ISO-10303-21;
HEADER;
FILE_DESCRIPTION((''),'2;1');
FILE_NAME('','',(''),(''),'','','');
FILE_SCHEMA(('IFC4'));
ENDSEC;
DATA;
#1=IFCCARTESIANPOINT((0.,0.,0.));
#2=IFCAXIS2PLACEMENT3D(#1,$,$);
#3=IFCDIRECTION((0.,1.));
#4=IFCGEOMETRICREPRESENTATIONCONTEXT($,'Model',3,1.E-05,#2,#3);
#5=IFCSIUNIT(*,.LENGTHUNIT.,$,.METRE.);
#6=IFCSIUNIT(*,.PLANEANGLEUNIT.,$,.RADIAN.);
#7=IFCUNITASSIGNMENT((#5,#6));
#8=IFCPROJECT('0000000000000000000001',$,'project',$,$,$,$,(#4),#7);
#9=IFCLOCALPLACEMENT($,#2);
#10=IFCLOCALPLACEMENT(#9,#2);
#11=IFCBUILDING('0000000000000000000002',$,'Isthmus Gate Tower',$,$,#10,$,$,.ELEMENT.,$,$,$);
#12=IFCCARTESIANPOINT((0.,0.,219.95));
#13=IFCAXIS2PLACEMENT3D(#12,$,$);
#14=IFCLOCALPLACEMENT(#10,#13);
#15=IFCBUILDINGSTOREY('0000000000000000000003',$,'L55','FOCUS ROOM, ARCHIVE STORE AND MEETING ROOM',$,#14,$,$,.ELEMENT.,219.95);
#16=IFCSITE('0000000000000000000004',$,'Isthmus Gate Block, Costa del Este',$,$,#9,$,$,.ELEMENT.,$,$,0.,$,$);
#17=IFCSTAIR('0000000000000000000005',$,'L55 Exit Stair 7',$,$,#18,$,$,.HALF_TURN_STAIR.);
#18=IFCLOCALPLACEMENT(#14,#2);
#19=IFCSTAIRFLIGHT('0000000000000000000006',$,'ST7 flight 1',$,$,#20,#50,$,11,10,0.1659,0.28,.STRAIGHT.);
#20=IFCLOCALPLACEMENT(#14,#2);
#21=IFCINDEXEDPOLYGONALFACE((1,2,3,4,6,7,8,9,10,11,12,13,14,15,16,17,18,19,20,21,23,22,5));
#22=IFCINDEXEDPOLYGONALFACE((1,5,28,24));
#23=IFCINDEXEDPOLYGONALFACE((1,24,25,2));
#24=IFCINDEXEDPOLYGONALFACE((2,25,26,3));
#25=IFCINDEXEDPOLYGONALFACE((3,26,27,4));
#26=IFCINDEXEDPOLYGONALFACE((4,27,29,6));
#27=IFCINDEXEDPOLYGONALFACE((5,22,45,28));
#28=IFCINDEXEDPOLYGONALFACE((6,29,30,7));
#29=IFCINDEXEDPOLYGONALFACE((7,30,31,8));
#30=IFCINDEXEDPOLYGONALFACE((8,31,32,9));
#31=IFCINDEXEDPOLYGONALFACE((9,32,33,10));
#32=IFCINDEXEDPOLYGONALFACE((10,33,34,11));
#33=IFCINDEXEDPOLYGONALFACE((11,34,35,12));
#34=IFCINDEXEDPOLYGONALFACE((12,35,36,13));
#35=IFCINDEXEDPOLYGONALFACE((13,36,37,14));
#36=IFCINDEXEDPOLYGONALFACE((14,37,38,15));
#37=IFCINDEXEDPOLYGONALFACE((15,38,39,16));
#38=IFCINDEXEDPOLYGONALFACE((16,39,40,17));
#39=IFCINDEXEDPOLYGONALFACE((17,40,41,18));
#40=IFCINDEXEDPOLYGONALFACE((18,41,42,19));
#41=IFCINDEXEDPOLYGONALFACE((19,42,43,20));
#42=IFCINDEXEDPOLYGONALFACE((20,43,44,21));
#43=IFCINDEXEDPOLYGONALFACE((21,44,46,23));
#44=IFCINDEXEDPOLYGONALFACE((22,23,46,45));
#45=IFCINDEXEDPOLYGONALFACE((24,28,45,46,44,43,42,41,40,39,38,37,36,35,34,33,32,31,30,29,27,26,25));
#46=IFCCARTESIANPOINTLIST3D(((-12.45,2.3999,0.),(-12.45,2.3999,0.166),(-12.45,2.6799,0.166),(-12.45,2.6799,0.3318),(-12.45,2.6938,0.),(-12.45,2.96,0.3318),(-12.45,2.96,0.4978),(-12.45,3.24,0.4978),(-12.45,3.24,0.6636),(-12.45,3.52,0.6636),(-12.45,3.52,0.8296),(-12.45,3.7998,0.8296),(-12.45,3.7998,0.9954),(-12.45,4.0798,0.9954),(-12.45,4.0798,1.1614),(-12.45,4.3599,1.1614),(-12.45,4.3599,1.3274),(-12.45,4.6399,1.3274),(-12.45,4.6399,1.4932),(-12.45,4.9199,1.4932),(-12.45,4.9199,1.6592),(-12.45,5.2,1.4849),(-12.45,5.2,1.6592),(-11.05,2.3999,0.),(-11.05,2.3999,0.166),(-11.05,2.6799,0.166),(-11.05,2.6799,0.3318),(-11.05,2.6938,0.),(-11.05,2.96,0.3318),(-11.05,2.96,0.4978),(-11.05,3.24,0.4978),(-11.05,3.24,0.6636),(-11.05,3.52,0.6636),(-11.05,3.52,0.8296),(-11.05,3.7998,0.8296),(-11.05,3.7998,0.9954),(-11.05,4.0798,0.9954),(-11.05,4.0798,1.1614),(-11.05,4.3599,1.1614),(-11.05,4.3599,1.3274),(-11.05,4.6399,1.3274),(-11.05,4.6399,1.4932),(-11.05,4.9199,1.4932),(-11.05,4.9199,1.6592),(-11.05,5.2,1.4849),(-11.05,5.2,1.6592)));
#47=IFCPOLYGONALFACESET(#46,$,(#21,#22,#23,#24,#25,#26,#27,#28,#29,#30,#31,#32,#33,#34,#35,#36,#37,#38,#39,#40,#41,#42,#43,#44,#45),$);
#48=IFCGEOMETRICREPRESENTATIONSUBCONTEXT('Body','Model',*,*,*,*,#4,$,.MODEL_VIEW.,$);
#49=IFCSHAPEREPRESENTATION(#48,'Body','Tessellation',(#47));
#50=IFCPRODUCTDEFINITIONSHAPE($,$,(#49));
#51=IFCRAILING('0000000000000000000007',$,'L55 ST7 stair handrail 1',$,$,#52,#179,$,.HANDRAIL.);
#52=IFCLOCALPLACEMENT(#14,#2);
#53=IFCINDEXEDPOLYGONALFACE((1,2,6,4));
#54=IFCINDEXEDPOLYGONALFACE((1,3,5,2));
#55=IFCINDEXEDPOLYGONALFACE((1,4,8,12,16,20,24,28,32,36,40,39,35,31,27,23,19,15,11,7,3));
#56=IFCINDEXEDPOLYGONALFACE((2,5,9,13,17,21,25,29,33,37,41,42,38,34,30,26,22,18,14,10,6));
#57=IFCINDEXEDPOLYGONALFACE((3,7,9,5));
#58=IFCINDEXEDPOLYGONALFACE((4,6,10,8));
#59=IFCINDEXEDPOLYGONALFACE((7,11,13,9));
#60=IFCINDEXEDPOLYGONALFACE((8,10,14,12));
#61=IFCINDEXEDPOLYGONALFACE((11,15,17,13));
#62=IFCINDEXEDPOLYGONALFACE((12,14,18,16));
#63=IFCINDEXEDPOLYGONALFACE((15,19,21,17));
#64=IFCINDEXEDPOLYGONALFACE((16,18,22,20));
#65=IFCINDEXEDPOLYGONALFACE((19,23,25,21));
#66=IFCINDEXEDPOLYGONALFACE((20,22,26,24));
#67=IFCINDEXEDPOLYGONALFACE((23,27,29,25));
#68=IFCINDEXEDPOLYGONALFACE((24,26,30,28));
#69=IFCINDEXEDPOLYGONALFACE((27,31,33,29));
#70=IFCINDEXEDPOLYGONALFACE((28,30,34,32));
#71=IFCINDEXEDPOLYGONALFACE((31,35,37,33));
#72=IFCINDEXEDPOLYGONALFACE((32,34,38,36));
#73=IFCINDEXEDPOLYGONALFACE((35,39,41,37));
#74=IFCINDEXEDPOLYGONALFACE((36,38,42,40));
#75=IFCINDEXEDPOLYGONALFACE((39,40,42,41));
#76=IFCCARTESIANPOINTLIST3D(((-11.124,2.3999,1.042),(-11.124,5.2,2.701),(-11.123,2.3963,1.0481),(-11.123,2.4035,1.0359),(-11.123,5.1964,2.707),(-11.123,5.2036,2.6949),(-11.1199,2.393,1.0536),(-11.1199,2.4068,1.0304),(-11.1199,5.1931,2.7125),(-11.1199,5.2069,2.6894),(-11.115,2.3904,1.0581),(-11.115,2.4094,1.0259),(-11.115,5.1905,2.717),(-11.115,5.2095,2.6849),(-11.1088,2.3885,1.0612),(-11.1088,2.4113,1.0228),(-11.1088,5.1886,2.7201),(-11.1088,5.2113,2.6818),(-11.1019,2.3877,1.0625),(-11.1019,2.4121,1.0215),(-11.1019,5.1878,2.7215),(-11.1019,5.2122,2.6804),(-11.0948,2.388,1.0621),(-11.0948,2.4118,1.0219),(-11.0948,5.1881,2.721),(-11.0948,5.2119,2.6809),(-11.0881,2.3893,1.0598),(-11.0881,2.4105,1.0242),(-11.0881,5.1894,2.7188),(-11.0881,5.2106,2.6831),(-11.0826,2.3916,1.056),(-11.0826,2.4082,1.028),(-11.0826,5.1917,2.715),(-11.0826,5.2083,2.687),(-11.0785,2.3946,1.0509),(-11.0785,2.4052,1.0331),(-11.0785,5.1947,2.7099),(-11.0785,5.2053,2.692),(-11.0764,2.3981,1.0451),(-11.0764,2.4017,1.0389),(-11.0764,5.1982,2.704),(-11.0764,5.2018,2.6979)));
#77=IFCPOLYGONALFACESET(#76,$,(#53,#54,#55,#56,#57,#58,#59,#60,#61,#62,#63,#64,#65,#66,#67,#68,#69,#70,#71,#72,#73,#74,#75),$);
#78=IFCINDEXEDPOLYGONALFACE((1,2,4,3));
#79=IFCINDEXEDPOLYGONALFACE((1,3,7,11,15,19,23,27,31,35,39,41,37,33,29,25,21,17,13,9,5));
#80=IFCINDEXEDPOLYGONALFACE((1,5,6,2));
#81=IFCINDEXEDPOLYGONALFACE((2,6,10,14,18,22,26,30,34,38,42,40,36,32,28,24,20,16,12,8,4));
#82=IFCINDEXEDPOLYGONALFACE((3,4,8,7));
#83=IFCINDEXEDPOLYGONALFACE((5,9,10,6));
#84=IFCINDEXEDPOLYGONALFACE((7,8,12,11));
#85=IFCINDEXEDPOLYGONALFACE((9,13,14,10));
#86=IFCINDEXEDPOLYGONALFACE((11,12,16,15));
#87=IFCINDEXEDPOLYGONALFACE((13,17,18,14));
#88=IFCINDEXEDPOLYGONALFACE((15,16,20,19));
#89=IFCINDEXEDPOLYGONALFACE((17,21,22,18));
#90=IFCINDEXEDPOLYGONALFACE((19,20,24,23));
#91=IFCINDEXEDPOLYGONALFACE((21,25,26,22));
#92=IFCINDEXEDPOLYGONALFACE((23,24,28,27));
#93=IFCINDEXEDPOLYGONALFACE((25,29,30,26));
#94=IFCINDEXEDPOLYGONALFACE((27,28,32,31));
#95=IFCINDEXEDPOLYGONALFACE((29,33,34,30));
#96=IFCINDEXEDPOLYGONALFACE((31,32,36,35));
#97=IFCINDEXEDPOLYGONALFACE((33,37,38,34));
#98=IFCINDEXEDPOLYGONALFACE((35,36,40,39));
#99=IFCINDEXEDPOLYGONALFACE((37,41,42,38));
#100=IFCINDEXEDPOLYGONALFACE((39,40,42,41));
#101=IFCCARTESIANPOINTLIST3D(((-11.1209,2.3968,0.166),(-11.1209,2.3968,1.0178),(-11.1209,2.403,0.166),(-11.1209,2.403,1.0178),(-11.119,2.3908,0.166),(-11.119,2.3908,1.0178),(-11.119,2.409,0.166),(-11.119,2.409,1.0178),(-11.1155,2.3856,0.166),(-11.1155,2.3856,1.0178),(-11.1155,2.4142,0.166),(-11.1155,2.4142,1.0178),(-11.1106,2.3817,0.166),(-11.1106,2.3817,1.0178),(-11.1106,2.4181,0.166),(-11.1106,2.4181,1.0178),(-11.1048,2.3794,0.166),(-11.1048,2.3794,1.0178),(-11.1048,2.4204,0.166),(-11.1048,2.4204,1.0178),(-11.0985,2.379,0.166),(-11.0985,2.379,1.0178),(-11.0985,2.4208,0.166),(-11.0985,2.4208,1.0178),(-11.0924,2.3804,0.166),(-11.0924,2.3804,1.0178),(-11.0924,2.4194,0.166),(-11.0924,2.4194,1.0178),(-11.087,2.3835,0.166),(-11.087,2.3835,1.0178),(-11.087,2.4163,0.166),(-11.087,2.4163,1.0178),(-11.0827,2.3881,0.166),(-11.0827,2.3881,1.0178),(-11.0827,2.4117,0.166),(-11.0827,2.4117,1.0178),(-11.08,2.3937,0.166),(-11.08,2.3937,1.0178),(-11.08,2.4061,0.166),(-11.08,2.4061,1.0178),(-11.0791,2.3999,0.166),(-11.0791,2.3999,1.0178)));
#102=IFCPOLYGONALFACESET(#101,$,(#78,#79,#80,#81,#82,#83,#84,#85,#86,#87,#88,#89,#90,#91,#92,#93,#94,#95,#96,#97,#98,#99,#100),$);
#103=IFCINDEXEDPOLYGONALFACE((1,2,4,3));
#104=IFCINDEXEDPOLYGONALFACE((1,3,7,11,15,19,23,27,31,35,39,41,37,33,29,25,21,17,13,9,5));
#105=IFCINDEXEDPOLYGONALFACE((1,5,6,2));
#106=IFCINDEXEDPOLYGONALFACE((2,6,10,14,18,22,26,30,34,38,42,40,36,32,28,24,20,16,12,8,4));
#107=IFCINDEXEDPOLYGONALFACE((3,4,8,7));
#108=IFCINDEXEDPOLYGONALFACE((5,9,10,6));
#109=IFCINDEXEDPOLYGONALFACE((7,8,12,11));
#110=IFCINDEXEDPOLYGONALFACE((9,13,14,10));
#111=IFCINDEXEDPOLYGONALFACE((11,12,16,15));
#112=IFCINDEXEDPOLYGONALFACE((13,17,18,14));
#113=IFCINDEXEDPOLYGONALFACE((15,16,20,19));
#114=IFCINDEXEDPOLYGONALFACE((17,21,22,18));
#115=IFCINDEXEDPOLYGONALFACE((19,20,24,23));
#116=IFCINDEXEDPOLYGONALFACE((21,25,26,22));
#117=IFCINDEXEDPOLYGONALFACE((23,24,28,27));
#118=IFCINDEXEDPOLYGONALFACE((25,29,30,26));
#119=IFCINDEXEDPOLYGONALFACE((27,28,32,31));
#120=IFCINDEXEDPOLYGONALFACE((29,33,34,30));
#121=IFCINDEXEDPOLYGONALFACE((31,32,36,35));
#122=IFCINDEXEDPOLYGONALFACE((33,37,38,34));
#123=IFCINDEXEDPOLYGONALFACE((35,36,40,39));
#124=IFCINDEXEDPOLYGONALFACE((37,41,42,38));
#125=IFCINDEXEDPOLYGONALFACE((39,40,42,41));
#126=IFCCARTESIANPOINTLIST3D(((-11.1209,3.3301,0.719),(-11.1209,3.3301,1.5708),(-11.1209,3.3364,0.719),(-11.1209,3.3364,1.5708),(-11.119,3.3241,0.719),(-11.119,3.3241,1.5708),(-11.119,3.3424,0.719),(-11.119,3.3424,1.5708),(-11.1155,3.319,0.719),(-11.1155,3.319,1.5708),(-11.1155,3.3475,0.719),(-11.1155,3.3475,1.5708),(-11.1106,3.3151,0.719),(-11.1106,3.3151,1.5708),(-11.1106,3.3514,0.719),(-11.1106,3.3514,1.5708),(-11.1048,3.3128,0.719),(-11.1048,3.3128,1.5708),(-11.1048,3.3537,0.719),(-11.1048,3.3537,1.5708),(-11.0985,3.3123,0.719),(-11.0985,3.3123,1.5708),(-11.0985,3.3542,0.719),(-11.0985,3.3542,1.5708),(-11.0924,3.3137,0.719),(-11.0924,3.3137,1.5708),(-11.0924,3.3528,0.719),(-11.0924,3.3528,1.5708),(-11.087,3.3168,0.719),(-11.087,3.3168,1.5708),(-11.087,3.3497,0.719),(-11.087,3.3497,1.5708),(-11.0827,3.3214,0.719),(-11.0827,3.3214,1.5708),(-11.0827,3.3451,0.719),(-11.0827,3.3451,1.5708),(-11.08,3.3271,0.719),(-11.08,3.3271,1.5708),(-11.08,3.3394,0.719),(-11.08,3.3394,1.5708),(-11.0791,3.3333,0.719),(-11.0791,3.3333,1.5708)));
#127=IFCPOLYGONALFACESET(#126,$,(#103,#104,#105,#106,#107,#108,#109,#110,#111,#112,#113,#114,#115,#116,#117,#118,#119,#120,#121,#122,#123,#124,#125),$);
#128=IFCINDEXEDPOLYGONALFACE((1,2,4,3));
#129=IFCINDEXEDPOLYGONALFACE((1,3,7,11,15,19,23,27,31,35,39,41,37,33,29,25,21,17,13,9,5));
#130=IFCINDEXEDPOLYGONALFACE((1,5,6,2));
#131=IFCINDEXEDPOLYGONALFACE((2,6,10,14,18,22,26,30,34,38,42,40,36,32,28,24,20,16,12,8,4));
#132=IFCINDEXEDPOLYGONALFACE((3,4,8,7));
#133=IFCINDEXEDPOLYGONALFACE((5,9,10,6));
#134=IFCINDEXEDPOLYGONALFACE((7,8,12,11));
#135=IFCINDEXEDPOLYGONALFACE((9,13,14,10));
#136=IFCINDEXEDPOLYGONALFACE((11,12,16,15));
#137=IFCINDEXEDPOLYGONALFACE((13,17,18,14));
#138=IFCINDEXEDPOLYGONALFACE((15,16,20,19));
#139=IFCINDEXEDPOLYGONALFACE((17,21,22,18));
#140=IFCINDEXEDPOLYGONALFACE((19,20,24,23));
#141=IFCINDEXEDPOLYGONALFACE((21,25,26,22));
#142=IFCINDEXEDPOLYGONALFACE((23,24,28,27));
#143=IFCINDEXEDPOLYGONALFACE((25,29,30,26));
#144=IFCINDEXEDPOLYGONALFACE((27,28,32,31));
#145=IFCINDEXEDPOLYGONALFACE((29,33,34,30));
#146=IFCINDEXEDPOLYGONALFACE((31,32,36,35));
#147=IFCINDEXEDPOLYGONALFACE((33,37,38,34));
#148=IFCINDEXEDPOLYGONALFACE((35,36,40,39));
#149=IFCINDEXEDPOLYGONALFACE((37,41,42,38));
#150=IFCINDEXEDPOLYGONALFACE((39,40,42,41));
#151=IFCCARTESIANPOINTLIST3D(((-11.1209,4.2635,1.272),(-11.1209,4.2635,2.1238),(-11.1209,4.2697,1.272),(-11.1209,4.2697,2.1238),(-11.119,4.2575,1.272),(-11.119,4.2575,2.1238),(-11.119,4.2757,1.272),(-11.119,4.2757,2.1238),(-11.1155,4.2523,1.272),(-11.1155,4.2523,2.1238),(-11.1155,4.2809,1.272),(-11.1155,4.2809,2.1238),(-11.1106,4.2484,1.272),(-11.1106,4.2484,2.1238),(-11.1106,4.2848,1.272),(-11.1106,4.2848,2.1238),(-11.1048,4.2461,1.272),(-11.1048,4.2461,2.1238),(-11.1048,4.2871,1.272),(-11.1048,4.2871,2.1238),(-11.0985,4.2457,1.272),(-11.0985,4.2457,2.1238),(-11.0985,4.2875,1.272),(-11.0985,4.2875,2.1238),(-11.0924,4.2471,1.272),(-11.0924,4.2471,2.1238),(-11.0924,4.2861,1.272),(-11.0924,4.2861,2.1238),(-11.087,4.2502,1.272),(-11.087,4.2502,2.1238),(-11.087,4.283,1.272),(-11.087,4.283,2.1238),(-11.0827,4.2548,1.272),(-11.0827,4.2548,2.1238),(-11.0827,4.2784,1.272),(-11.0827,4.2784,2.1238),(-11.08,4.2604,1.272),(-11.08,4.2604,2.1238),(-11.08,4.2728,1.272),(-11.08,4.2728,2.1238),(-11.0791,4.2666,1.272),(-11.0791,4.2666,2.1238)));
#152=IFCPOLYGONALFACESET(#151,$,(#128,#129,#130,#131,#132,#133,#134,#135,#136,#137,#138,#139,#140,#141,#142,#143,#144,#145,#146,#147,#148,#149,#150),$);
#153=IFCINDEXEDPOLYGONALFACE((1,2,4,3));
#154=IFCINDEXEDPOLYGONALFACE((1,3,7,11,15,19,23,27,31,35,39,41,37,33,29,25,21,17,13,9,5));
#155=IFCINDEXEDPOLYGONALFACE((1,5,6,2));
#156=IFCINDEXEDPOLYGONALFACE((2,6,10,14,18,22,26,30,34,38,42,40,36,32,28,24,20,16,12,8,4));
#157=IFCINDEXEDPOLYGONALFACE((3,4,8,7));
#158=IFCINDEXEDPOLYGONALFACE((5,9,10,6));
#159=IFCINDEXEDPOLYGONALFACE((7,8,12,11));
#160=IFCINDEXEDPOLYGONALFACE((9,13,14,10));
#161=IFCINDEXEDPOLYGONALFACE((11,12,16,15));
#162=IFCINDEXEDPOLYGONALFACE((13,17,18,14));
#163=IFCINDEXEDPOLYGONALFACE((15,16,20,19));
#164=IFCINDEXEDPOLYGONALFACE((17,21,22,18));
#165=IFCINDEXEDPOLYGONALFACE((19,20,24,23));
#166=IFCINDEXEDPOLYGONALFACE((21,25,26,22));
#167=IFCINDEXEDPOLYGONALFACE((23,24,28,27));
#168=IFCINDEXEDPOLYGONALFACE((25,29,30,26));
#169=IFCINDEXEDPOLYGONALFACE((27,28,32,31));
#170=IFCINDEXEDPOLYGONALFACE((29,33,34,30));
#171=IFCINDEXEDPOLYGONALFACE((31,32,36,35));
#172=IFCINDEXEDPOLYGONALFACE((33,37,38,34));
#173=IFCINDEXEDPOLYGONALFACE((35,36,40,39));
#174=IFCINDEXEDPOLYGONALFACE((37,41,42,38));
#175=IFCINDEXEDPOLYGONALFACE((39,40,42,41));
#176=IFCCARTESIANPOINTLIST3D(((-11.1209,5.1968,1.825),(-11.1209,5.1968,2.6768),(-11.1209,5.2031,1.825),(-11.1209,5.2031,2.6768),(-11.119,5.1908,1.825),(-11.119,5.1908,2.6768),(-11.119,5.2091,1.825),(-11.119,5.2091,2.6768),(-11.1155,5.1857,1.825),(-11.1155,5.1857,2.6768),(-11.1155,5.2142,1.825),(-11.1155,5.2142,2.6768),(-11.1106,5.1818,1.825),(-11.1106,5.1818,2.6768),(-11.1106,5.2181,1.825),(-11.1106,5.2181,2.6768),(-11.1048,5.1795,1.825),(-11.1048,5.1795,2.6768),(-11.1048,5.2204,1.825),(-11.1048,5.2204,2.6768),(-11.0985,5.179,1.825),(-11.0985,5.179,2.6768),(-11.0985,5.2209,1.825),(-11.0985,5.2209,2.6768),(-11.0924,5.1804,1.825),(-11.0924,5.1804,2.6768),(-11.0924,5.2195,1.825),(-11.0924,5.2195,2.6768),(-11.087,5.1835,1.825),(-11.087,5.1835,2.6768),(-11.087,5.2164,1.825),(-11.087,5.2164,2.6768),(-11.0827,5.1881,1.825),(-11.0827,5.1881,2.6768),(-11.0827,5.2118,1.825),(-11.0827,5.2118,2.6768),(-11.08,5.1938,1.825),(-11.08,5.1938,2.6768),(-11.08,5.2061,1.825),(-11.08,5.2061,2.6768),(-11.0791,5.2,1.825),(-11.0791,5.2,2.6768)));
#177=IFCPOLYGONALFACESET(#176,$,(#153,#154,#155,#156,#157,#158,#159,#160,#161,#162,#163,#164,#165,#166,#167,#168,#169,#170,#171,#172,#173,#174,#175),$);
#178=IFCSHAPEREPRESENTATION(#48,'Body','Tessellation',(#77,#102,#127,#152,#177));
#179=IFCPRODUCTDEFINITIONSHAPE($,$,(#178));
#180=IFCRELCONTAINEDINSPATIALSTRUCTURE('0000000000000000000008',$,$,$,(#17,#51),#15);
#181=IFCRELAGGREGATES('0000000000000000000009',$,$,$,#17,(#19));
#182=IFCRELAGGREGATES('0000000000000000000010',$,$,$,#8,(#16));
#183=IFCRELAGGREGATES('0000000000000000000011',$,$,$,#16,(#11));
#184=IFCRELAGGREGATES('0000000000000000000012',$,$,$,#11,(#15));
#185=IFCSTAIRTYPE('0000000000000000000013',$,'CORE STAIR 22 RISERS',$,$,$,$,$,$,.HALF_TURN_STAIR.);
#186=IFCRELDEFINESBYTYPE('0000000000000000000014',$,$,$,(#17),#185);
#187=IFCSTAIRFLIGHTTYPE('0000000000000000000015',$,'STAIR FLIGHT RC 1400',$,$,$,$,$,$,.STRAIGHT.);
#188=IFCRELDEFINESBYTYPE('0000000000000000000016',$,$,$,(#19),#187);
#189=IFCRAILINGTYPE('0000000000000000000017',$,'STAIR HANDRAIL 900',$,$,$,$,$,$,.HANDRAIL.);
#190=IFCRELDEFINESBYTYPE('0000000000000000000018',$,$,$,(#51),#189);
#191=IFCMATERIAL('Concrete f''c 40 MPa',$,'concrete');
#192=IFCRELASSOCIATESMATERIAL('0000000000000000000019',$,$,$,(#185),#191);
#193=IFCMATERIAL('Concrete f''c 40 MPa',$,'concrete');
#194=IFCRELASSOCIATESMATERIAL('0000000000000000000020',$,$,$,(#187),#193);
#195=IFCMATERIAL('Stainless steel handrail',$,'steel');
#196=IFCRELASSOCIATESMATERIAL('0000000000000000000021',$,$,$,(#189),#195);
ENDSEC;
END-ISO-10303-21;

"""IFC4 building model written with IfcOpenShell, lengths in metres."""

from ifc_helpers import new_model, si_unit, direction, frame, origin, origin_2d, place, context, subcontext, project, spatial, polyline, circle, outline, extrude, material, type_object, element, aggregate, save


model = new_model("IFC4")

# Units and contexts
model_context = context("Model", 3, precision=1e-05, world=origin(), true_north=direction((0.0, 1.0)))
body_context = subcontext(model_context, "Body", "Model", "MODEL_VIEW")
ifc_project = project(units=[si_unit("LENGTHUNIT", "METRE"), si_unit("PLANEANGLEUNIT", "RADIAN")], contexts=[model_context])

# Site, building, storey
site_placement = place(None, origin())
site = spatial("IfcSite", under=ifc_project, at=site_placement, Name="Isthmus Gate Block, Costa del Este", CompositionType="ELEMENT", RefElevation=0.0)
building_placement = place(site_placement, origin())
building = spatial("IfcBuilding", under=site, at=building_placement, Name="Isthmus Gate Tower", CompositionType="ELEMENT")
storey_placement = place(building_placement, frame((0.0, 0.0, 219.95)))
storey = spatial("IfcBuildingStorey", under=building, at=storey_placement, Name="L55", Description="FOCUS ROOM, ARCHIVE STORE AND MEETING ROOM", CompositionType="ELEMENT", Elevation=219.95)

# Stair, stair flight
ifc_material_1 = material(Name="Concrete f'c 40 MPa", Category="concrete")
stair_type = type_object("IfcStairType", Name="CORE STAIR 22 RISERS", PredefinedType="HALF_TURN_STAIR", material=ifc_material_1)
stair_placement = place(storey_placement, origin())
stair = element("IfcStair", 1, at=stair_placement, inside=storey, type_object=stair_type, Name="L55 Exit Stair 7", PredefinedType="HALF_TURN_STAIR")
ifc_material_2 = material(Name="Concrete f'c 40 MPa", Category="concrete")
stair_flight_type = type_object("IfcStairFlightType", Name="STAIR FLIGHT RC 1400", PredefinedType="STRAIGHT", material=ifc_material_2)
stair_flight_placement = place(storey_placement, frame((-11.75, 2.3999, 0.0), z_axis=(0.0, 0.0, 1.0), x_axis=(0.0, 1.0, 0.0)))
stair_flight = element("IfcStairFlight", 2, at=stair_flight_placement, type_object=stair_flight_type, Name="ST7 flight 1", NumberOfRisers=11, NumberOfTreads=10, PredefinedType="STRAIGHT", RiserHeight=0.1659, TreadLength=0.28, context=body_context, shape_type="SweptSolid", body=[
    extrude(outline(polyline([(0.0, 0.0), (0.0, 0.166), (0.28, 0.166), (0.28, 0.3318), (0.5601, 0.3318), (0.5601, 0.4978), (0.8401, 0.4978), (0.8401, 0.6636), (1.1201, 0.6636), (1.1201, 0.8296), (1.3999, 0.8296), (1.3999, 0.9954), (1.6799, 0.9954), (1.6799, 1.1614), (1.96, 1.1614), (1.96, 1.3274), (2.24, 1.3274), (2.24, 1.4932), (2.52, 1.4932), (2.52, 1.6592), (2.8, 1.6592), (2.8, 1.825), (2.8, 1.4849), (0.2939, 0.0), (0.0, 0.0)])), frame((0.0, 0.7, 0.0), z_axis=(0.0, -1.0, 0.0), x_axis=(1.0, 0.0, 0.0)), (0.0, 0.0, 1.0), 1.3999),
])
aggregate(stair, [stair_flight])

# Railing
ifc_material_3 = material(Name="Stainless steel handrail", Category="steel")
railing_type = type_object("IfcRailingType", Name="STAIR HANDRAIL 900", PredefinedType="HANDRAIL", material=ifc_material_3)
railing_placement = place(storey_placement, frame((-11.1001, 2.3999, 0.166)))
element("IfcRailing", 3, at=railing_placement, inside=storey, type_object=railing_type, Name="L55 ST7 stair handrail 1", PredefinedType="HANDRAIL", context=body_context, shape_type="SweptSolid", body=[
    extrude(circle(Radius=0.0239, at=origin_2d()), frame((0.0, 0.0, 0.876), z_axis=(0.0, 0.860339, 0.509722), x_axis=(-1.0, 0.0, 0.0)), (0.0, 0.0, 1.0), 3.2546),
    extrude(circle(Radius=0.021, at=origin_2d()), origin(), (0.0, 0.0, 1.0), 0.8518),
    extrude(circle(Radius=0.021, at=origin_2d()), frame((0.0, 0.9333, 0.553)), (0.0, 0.0, 1.0), 0.8518),
    extrude(circle(Radius=0.021, at=origin_2d()), frame((0.0, 1.8667, 1.106)), (0.0, 0.0, 1.0), 0.8518),
    extrude(circle(Radius=0.021, at=origin_2d()), frame((0.0, 2.8, 1.6589)), (0.0, 0.0, 1.0), 0.8518),
])

save(model, "model.ifc")
